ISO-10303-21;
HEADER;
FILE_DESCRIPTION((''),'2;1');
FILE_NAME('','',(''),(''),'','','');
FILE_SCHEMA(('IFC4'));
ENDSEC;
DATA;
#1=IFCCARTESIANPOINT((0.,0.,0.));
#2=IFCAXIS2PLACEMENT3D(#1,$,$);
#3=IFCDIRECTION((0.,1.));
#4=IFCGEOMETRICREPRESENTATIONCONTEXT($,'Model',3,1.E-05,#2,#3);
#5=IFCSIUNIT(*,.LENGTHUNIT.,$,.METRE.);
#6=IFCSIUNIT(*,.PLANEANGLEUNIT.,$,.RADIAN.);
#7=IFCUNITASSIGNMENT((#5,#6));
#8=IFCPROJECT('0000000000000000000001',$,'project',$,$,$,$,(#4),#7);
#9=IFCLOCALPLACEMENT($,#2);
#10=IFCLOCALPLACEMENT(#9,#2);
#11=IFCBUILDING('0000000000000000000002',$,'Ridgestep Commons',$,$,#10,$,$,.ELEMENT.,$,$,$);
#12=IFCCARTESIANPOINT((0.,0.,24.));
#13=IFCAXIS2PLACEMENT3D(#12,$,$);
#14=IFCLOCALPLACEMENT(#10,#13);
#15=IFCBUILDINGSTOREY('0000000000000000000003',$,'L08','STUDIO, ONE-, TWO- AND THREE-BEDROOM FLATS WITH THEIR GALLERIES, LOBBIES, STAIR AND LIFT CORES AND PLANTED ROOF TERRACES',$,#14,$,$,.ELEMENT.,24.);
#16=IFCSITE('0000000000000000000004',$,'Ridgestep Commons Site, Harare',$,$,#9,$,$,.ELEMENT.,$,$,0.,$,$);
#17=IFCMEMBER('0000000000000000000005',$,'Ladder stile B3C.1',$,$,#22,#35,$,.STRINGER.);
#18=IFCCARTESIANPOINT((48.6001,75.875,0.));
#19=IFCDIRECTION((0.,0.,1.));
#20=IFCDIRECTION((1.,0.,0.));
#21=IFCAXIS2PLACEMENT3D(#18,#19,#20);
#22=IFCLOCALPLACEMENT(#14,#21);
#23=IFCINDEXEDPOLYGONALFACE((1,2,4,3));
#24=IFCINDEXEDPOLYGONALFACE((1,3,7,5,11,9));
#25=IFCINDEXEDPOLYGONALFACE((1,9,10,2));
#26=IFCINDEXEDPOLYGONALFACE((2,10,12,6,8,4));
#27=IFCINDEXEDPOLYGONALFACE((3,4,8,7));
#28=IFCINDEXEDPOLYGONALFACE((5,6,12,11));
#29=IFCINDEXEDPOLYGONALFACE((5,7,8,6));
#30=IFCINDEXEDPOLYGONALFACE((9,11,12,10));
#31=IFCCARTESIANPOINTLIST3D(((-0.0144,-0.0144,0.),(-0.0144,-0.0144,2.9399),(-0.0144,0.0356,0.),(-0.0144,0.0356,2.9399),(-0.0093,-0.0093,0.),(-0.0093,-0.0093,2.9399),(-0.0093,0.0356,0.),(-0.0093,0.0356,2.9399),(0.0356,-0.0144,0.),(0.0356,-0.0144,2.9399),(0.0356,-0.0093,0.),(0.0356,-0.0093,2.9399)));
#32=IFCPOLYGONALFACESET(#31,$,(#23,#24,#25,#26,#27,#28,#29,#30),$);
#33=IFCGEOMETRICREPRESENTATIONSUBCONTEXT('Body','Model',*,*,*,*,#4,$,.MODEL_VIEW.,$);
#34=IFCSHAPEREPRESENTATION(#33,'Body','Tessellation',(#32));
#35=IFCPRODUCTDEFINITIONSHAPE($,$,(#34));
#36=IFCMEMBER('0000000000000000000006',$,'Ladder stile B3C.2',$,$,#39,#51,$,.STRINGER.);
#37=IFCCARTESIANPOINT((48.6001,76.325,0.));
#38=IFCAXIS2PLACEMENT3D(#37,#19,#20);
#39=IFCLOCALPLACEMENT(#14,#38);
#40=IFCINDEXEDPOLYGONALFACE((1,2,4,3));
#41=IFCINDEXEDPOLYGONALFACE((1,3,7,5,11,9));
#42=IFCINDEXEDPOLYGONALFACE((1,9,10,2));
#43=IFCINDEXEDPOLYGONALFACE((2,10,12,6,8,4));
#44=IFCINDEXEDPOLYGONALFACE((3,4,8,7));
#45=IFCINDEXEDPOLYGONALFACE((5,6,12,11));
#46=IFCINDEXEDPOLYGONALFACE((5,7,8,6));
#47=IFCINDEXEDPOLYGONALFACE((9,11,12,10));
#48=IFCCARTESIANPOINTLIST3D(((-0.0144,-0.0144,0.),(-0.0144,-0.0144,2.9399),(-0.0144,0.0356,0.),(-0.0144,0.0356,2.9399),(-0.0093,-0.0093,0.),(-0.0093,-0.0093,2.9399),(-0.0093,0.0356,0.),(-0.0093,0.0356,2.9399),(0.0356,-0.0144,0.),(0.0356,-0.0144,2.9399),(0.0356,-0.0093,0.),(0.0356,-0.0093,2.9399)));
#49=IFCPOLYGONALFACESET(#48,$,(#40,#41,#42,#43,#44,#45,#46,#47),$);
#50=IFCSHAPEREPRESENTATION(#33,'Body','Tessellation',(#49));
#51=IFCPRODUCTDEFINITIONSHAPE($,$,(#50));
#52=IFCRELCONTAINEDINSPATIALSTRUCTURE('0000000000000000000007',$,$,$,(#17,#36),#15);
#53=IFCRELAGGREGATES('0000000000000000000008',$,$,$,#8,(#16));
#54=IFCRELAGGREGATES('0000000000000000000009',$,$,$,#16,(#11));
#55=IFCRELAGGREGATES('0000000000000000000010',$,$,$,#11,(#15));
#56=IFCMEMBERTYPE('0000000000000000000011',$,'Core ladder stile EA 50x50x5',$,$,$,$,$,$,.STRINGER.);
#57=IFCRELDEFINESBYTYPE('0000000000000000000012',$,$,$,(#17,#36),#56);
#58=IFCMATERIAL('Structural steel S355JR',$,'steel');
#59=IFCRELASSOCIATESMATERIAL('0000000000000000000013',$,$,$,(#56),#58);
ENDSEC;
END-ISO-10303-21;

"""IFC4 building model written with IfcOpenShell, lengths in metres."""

from ifc_helpers import new_model, si_unit, direction, frame, origin, place, context, subcontext, project, spatial, polyline, outline, extrude, material, material_profile, profile_set, type_object, element, save


model = new_model("IFC4")

# Units and contexts
model_context = context("Model", 3, precision=1e-05, world=origin(), true_north=direction((0.0, 1.0)))
body_context = subcontext(model_context, "Body", "Model", "MODEL_VIEW")
ifc_project = project(units=[si_unit("LENGTHUNIT", "METRE"), si_unit("PLANEANGLEUNIT", "RADIAN")], contexts=[model_context])

# Site, building, storey
site_placement = place(None, origin())
site = spatial("IfcSite", under=ifc_project, at=site_placement, Name="Ridgestep Commons Site, Harare", CompositionType="ELEMENT", RefElevation=0.0)
building_placement = place(site_placement, origin())
building = spatial("IfcBuilding", under=site, at=building_placement, Name="Ridgestep Commons", CompositionType="ELEMENT")
storey_placement = place(building_placement, frame((0.0, 0.0, 24.0)))
storey = spatial("IfcBuildingStorey", under=building, at=storey_placement, Name="L08", Description="STUDIO, ONE-, TWO- AND THREE-BEDROOM FLATS WITH THEIR GALLERIES, LOBBIES, STAIR AND LIFT CORES AND PLANTED ROOF TERRACES", CompositionType="ELEMENT", Elevation=24.0)

# Members
ifc_material_1 = material(Name="Structural steel S355JR", Category="steel")
ifc_material_profile_1 = material_profile(ifc_material_1, outline(polyline([(-0.0144, -0.0144), (0.0356, -0.0144), (0.0356, -0.0093), (-0.0093, -0.0093), (-0.0093, 0.0356), (-0.0144, 0.0356), (-0.0144, -0.0144)])), Name="EA 50x50x5")
ifc_profile_set_1 = profile_set([ifc_material_profile_1], Name="Structural steel S355JR")
member_type_1 = type_object("IfcMemberType", Name="Core ladder stile EA 50x50x5", PredefinedType="STRINGER", material=ifc_profile_set_1)
for number, where, z_axis, x_axis, name in (
    (1, (48.6001, 75.875, 0.0), (0.0, 0.0, 1.0), (1.0, 0.0, 0.0), "Ladder stile B3C.1"),
    (2, (48.6001, 76.325, 0.0), (0.0, 0.0, 1.0), (1.0, 0.0, 0.0), "Ladder stile B3C.2"),
):
    element("IfcMember", number, at=place(storey_placement, frame(where, z_axis=z_axis, x_axis=x_axis)), inside=storey, type_object=member_type_1, Name=name, PredefinedType="STRINGER", context=body_context, shape_type="SweptSolid", body=[
        extrude(outline(polyline([(-0.0144, -0.0144), (0.0356, -0.0144), (0.0356, -0.0093), (-0.0093, -0.0093), (-0.0093, 0.0356), (-0.0144, 0.0356), (-0.0144, -0.0144)])), origin(), (0.0, 0.0, 1.0), 2.9399),
    ])

save(model, "model.ifc")
